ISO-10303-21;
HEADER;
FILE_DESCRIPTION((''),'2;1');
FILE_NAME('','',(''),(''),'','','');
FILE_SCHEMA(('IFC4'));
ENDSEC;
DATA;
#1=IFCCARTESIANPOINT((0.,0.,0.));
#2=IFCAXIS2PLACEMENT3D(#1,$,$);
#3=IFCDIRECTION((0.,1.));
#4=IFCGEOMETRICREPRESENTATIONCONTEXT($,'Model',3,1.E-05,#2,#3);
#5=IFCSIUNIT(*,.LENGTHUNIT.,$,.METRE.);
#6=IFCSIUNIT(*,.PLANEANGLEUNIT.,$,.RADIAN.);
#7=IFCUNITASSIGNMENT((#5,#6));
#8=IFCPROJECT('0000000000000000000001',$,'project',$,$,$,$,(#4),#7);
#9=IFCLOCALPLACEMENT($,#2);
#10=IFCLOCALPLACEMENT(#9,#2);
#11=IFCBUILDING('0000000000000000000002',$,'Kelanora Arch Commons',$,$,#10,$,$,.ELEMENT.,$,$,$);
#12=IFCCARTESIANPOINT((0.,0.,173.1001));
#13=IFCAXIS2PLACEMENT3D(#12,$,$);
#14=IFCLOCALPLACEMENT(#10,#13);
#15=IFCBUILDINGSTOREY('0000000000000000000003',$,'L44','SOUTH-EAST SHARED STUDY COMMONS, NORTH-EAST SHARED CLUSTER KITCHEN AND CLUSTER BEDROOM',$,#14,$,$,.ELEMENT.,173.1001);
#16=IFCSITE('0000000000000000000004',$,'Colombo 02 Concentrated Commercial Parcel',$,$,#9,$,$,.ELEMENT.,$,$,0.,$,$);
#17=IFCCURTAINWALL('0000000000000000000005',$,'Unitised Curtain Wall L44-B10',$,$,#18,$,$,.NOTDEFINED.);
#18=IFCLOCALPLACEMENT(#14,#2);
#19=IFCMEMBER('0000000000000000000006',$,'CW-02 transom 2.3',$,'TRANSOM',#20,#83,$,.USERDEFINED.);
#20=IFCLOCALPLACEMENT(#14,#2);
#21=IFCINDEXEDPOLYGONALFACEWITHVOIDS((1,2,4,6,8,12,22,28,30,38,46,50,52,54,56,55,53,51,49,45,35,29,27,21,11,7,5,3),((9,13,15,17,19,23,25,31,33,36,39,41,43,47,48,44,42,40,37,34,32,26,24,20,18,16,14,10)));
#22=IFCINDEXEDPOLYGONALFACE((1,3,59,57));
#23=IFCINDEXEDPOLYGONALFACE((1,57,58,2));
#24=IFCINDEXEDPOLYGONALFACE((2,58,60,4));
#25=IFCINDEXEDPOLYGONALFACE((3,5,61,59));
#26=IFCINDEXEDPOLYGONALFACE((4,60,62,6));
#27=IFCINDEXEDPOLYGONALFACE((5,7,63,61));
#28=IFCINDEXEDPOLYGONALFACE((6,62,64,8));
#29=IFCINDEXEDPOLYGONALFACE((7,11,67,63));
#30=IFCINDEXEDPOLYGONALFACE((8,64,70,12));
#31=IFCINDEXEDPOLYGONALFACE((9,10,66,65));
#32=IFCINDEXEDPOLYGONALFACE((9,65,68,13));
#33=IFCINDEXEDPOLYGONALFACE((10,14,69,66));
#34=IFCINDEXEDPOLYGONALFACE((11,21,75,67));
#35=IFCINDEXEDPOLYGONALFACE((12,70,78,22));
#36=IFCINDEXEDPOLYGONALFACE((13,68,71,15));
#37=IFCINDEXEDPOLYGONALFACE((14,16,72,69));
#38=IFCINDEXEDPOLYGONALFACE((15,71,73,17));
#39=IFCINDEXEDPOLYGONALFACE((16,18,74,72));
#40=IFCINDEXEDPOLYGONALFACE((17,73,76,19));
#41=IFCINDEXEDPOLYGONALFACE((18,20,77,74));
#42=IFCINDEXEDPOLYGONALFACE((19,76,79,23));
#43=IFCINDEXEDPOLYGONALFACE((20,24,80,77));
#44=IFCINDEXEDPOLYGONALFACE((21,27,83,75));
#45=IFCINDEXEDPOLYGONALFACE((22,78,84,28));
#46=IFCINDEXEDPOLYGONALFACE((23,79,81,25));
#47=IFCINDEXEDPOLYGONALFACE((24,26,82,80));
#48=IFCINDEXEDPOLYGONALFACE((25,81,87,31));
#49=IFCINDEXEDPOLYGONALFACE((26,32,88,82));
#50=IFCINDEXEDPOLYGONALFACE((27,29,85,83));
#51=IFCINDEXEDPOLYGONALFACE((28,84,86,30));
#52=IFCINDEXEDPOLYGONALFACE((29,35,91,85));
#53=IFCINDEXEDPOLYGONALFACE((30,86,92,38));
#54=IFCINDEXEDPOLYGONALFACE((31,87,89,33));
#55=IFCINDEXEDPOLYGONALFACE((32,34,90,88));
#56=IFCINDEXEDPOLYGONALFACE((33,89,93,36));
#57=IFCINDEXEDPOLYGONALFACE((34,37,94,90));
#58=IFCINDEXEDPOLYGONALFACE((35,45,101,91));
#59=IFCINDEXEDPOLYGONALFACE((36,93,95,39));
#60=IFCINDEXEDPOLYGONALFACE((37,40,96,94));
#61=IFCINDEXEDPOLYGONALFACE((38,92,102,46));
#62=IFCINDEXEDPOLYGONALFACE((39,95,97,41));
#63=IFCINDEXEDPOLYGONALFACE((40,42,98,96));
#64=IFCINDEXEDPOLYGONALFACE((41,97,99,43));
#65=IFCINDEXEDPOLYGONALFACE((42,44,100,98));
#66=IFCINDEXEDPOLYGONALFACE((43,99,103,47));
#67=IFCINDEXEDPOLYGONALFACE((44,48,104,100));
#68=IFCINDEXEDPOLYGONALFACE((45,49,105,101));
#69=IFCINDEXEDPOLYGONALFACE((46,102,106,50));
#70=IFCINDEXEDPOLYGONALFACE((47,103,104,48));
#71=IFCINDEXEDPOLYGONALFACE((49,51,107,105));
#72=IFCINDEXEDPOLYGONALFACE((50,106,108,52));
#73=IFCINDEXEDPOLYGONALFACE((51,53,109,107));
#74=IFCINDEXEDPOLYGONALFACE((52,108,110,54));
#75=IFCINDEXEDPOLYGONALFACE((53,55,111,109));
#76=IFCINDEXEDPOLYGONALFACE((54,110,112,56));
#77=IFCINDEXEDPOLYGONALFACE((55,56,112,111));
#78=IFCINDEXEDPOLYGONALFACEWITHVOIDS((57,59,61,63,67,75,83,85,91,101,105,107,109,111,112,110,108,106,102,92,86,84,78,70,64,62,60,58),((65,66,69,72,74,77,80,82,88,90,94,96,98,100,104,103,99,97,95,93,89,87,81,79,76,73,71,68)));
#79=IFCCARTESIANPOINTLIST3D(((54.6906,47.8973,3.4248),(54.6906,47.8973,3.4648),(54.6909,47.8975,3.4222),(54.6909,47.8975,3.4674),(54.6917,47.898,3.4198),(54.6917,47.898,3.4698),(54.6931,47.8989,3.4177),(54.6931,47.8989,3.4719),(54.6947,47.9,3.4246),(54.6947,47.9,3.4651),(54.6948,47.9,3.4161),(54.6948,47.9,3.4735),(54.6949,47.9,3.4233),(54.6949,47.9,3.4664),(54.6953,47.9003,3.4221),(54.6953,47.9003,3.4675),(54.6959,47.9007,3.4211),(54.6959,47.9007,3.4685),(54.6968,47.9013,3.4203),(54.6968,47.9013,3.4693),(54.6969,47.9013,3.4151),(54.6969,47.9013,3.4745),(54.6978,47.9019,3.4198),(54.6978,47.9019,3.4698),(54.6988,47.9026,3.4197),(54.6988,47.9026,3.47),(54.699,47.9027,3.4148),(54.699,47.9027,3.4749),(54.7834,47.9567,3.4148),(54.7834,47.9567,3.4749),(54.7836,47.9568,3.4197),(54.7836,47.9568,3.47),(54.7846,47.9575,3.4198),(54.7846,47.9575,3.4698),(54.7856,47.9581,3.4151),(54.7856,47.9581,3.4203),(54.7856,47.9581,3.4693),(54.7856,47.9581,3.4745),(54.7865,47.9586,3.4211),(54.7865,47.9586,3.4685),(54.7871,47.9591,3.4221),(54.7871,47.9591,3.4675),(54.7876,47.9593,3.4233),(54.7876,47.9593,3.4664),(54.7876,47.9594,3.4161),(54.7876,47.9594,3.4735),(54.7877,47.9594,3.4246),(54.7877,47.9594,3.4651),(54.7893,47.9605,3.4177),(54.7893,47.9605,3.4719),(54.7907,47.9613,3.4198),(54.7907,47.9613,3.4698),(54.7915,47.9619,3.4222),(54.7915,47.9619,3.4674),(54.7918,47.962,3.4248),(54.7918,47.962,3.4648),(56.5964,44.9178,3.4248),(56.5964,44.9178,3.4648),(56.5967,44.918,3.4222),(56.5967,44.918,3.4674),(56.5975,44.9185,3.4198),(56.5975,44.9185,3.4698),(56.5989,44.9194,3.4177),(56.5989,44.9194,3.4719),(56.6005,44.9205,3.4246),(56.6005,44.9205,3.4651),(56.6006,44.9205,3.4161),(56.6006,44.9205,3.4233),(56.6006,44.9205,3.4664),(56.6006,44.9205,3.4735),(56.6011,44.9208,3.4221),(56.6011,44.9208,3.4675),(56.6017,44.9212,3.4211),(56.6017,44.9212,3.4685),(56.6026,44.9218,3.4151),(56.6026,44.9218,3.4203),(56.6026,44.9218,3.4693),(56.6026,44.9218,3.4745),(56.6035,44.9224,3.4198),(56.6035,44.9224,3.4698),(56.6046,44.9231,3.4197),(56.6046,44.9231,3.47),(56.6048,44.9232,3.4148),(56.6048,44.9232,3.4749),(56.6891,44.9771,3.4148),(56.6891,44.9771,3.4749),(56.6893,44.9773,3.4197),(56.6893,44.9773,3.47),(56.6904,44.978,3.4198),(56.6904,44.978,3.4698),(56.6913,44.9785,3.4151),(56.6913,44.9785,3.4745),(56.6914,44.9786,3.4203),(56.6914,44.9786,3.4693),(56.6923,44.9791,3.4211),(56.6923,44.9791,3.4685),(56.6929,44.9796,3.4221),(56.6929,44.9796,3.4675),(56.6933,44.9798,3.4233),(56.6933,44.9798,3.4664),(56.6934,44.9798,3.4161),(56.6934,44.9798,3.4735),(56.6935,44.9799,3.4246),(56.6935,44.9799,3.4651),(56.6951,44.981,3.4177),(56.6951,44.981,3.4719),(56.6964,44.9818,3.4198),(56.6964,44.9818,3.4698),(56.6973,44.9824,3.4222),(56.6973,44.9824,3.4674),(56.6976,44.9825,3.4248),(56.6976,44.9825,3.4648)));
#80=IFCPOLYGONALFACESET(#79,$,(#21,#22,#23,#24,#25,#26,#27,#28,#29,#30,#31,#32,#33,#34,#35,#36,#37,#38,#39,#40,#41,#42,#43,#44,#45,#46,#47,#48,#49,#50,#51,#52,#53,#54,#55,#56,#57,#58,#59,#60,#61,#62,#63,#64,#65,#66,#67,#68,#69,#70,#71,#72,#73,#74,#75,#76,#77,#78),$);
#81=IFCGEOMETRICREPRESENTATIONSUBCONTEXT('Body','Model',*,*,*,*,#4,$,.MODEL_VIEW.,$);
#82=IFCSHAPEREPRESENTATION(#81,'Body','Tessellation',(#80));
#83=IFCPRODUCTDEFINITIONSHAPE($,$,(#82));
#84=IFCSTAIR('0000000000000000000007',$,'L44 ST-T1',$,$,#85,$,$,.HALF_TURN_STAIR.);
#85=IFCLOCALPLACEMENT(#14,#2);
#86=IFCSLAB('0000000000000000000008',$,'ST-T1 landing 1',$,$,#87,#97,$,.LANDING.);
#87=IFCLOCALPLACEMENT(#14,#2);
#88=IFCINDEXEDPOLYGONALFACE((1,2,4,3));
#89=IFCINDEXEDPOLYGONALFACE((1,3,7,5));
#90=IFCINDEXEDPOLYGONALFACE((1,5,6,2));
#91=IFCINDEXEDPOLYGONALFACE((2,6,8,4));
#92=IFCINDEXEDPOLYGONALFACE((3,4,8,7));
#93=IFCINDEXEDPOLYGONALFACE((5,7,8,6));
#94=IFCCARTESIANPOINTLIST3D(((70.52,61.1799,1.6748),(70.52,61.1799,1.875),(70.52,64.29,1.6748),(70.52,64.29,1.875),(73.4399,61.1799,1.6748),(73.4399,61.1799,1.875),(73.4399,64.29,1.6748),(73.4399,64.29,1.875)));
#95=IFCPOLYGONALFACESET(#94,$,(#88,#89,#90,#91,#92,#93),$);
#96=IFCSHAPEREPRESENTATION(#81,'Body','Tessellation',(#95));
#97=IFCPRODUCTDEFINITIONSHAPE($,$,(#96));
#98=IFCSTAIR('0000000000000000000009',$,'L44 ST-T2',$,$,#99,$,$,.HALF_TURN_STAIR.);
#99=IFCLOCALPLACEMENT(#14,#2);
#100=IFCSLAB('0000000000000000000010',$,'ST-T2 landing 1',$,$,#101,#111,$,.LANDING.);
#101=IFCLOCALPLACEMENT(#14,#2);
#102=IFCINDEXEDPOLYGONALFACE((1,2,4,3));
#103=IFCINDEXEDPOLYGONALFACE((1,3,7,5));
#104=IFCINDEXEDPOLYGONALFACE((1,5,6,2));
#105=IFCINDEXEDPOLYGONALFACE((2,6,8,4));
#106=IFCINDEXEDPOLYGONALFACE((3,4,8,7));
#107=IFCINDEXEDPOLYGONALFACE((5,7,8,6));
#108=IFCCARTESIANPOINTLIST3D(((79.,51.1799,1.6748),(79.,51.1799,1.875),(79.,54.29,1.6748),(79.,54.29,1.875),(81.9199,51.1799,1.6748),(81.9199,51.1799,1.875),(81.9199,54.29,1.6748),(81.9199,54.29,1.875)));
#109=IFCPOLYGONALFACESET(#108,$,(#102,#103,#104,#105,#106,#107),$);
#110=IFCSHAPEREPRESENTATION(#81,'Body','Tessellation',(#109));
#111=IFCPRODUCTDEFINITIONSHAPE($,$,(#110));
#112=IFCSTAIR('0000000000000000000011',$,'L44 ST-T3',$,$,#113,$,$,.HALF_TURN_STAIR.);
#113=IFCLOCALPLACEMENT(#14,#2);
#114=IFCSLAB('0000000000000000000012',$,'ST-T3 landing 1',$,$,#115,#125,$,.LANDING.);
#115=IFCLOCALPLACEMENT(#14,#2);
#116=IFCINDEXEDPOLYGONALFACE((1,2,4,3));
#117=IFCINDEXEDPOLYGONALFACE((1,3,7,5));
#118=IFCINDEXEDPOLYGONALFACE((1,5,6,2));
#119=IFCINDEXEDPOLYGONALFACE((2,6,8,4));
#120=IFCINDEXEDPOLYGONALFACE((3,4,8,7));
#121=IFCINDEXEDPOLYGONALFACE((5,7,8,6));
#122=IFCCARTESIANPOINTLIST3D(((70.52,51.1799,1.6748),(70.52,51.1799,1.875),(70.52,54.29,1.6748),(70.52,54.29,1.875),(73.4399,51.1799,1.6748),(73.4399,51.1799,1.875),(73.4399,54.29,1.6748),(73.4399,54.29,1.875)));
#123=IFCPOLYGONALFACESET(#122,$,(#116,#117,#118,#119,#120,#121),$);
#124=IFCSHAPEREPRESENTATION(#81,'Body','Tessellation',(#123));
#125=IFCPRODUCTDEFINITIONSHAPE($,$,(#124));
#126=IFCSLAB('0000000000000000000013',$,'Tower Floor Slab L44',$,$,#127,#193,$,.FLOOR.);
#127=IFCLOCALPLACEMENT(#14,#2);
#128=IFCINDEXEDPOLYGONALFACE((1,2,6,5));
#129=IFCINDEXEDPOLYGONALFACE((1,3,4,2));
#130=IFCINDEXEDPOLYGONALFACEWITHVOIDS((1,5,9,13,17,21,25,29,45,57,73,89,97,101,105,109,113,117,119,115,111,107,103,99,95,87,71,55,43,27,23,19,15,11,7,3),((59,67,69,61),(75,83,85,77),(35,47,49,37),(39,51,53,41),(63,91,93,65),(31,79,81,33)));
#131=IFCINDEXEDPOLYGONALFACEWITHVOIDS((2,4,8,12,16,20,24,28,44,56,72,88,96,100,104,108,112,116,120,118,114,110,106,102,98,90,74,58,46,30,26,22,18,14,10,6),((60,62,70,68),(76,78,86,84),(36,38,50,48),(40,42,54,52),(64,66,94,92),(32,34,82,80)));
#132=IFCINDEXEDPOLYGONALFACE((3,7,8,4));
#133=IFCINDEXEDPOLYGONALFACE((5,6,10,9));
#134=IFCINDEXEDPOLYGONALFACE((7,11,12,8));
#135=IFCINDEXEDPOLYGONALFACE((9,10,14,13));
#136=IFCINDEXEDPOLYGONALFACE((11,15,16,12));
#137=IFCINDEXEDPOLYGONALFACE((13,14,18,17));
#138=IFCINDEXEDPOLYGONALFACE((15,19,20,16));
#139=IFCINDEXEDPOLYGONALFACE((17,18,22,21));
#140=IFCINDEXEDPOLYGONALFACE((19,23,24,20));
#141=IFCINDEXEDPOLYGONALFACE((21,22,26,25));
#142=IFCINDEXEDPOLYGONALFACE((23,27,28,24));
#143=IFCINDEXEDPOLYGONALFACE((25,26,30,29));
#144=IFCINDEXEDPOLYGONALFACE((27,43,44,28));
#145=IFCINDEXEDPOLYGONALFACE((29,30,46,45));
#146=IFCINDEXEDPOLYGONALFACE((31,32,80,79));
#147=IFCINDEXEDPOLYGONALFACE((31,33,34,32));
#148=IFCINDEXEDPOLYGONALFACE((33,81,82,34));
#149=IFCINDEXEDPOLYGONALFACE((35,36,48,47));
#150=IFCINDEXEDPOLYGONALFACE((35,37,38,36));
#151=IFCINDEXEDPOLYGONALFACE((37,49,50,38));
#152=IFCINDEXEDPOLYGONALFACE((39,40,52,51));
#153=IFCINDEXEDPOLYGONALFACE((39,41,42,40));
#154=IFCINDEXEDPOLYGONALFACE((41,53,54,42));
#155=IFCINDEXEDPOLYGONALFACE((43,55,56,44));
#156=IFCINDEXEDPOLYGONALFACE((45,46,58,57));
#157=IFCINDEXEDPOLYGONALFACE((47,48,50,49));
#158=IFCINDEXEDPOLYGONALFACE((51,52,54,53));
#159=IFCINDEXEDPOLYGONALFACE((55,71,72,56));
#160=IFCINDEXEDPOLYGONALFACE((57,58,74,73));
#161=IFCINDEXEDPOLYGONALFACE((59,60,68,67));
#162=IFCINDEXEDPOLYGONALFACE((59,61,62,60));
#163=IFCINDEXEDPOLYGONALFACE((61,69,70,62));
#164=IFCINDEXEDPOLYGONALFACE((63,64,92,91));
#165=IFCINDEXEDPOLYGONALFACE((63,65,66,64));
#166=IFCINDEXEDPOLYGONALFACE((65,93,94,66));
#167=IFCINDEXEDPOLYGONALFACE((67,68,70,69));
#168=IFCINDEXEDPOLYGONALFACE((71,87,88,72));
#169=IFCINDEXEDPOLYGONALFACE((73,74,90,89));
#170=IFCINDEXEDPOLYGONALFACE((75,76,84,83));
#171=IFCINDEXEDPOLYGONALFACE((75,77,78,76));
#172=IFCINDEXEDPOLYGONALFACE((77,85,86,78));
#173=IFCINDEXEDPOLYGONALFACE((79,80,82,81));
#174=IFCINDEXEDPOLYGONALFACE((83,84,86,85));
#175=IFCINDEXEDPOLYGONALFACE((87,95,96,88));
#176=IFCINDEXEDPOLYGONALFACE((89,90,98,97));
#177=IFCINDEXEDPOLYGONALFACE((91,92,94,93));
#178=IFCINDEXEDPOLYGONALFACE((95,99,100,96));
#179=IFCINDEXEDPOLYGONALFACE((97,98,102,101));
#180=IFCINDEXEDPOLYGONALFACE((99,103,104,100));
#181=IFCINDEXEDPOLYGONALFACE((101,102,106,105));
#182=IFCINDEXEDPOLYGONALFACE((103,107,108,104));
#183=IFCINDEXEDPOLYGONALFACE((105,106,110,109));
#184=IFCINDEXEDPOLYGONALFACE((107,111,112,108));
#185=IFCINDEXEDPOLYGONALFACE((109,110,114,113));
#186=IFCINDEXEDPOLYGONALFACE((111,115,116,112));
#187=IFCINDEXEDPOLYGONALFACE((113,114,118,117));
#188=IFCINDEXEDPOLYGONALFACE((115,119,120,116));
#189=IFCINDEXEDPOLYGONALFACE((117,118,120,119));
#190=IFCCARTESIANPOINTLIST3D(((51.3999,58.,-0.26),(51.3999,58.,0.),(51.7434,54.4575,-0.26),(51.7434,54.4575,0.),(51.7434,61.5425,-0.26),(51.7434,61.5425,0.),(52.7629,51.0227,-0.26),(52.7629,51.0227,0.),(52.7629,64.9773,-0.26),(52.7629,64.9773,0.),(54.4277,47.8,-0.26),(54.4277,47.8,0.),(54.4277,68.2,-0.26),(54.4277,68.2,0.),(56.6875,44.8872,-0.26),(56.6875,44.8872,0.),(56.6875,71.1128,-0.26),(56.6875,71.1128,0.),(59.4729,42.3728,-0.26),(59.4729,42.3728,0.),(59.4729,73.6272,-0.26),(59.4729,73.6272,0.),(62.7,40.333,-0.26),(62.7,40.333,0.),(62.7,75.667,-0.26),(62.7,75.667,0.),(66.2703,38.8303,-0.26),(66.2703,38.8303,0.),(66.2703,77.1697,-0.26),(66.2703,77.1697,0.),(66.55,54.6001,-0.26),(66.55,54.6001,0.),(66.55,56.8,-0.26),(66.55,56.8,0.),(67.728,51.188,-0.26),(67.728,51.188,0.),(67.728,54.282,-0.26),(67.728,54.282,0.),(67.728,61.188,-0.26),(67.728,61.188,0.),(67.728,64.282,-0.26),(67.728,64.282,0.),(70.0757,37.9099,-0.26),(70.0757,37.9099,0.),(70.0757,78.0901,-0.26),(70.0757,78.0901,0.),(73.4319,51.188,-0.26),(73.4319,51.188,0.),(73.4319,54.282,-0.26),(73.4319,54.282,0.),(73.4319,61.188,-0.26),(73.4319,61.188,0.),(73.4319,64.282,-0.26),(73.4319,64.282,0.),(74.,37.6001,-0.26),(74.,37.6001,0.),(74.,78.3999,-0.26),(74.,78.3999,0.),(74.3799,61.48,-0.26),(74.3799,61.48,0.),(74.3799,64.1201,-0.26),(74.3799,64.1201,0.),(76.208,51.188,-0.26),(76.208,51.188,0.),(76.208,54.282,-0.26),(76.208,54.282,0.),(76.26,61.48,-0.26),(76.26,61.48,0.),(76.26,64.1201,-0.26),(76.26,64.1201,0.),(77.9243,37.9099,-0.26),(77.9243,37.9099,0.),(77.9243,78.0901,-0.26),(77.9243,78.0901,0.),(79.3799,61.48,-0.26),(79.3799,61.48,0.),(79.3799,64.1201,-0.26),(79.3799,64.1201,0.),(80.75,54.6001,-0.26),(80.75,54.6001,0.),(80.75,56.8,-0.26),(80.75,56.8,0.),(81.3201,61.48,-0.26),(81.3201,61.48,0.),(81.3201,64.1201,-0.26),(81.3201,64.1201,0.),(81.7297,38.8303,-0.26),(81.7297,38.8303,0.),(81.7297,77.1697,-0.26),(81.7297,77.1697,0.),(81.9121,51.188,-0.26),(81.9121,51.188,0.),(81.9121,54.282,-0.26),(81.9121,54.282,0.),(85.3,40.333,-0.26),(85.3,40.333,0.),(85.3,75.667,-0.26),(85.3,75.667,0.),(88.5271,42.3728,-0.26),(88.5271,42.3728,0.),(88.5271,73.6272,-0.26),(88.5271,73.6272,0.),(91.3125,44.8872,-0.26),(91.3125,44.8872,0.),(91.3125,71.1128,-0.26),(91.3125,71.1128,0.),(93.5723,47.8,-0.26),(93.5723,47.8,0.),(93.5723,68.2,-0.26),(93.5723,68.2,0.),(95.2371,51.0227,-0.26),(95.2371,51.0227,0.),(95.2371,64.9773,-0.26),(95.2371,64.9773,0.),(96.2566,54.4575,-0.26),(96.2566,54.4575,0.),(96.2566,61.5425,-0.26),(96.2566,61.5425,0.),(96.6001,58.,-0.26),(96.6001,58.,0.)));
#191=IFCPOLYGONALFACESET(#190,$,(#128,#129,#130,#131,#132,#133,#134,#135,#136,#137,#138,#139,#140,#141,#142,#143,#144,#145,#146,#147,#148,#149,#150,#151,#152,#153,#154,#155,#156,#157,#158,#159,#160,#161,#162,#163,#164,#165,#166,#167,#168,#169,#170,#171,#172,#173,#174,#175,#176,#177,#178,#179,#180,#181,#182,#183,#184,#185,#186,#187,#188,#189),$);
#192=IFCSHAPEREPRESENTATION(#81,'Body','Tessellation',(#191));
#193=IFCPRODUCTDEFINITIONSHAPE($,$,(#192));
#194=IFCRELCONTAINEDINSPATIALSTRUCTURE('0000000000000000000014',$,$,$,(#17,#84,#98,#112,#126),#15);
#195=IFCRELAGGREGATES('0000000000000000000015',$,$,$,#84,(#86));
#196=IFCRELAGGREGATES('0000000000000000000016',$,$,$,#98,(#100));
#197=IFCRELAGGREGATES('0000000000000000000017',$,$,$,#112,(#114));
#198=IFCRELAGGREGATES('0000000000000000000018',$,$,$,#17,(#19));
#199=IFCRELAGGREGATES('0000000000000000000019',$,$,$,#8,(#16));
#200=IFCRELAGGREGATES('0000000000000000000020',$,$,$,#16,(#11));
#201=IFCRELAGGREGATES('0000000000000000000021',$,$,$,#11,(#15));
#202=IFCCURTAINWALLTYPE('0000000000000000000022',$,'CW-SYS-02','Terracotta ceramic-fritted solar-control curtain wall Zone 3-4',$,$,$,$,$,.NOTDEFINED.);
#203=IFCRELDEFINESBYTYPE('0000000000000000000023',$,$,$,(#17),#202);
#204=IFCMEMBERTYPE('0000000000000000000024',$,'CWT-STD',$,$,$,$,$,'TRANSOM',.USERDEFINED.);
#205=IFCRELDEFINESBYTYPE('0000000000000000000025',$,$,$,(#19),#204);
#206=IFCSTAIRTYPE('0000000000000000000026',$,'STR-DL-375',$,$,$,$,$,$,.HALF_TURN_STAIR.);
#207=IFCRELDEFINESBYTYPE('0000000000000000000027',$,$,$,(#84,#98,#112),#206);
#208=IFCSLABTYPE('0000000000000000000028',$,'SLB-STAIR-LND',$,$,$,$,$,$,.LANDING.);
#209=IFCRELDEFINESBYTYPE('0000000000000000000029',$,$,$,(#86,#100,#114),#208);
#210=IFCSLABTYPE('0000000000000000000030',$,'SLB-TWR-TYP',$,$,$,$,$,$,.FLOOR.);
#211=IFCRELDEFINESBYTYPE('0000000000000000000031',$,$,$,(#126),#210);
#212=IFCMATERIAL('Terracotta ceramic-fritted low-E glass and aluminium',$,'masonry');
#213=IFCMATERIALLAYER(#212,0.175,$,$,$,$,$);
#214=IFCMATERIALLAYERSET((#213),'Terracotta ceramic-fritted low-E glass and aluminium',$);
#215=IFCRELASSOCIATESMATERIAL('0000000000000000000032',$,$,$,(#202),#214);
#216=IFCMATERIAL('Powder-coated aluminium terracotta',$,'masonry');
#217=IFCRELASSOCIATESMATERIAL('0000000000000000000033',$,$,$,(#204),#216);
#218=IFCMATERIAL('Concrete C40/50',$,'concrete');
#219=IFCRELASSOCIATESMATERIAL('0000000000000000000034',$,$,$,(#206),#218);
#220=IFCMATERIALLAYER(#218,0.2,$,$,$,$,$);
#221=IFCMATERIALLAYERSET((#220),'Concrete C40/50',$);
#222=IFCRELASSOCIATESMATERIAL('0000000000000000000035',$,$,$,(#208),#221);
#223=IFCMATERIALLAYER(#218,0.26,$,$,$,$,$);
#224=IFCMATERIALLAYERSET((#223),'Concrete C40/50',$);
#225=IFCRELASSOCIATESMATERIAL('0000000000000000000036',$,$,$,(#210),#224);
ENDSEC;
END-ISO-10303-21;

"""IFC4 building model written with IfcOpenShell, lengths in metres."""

from ifc_helpers import new_model, si_unit, direction, frame, origin, origin_2d, place, context, subcontext, project, spatial, polyline, hollow_rectangle, outline, extrude, material, layer, layer_set, material_profile, profile_set, type_object, element, aggregate, save


model = new_model("IFC4")

# Units and contexts
model_context = context("Model", 3, precision=1e-05, world=origin(), true_north=direction((0.0, 1.0)))
body_context = subcontext(model_context, "Body", "Model", "MODEL_VIEW")
ifc_project = project(units=[si_unit("LENGTHUNIT", "METRE"), si_unit("PLANEANGLEUNIT", "RADIAN")], contexts=[model_context])

# Site, building, storey
site_placement = place(None, origin())
site = spatial("IfcSite", under=ifc_project, at=site_placement, Name="Colombo 02 Concentrated Commercial Parcel", CompositionType="ELEMENT", RefElevation=0.0)
building_placement = place(site_placement, origin())
building = spatial("IfcBuilding", under=site, at=building_placement, Name="Kelanora Arch Commons", CompositionType="ELEMENT")
storey_placement = place(building_placement, frame((0.0, 0.0, 173.1001)))
storey = spatial("IfcBuildingStorey", under=building, at=storey_placement, Name="L44", Description="SOUTH-EAST SHARED STUDY COMMONS, NORTH-EAST SHARED CLUSTER KITCHEN AND CLUSTER BEDROOM", CompositionType="ELEMENT", Elevation=173.1001)

# Shared definitions
ifc_material_1 = material(Name="Terracotta ceramic-fritted low-E glass and aluminium", Category="masonry")
ifc_layer_1 = layer(ifc_material_1, 0.175)
ifc_layer_set_1 = layer_set([ifc_layer_1], Name="Terracotta ceramic-fritted low-E glass and aluminium")
curtain_wall_type = type_object("IfcCurtainWallType", Name="CW-SYS-02", Description="Terracotta ceramic-fritted solar-control curtain wall Zone 3-4", PredefinedType="NOTDEFINED", material=ifc_layer_set_1)
ifc_material_2 = material(Name="Powder-coated aluminium terracotta", Category="masonry")

# Curtain wall, member
curtain_wall_1_placement = place(storey_placement, origin())
curtain_wall_1 = element("IfcCurtainWall", 1, at=curtain_wall_1_placement, inside=storey, type_object=curtain_wall_type, Name="Unitised Curtain Wall L44-B10", PredefinedType="NOTDEFINED")
ifc_material_profile_1 = material_profile(ifc_material_2, hollow_rectangle(XDim=0.1201, YDim=0.0601, WallThickness=0.0049, InnerFilletRadius=0.0049, OuterFilletRadius=0.01, at=origin_2d()), Name="CWT120x60")
ifc_profile_set_1 = profile_set([ifc_material_profile_1], Name="Powder-coated aluminium terracotta")
member_type_1 = type_object("IfcMemberType", Name="CWT-STD", ElementType="TRANSOM", PredefinedType="USERDEFINED", material=ifc_profile_set_1)
member_1_placement = place(storey_placement, frame((54.7412, 47.9297, 3.4448), z_axis=(0.53883, -0.842414, 0.0), x_axis=(0.842414, 0.53883, 0.0)))
member_1 = element("IfcMember", 2, at=member_1_placement, type_object=member_type_1, Name="CW-02 transom 2.3", ObjectType="TRANSOM", PredefinedType="USERDEFINED", context=body_context, shape_type="SweptSolid", body=[
    extrude(hollow_rectangle(XDim=0.1201, YDim=0.0601, WallThickness=0.0049, InnerFilletRadius=0.0049, OuterFilletRadius=0.01, at=origin_2d()), origin(), (0.0, 0.0, 1.0), 3.5369),
])

# Stairs, slabs
ifc_material_3 = material(Name="Concrete C40/50", Category="concrete")
stair_type = type_object("IfcStairType", Name="STR-DL-375", PredefinedType="HALF_TURN_STAIR", material=ifc_material_3)
stair_1_placement = place(storey_placement, origin())
stair_1 = element("IfcStair", 3, at=stair_1_placement, inside=storey, type_object=stair_type, Name="L44 ST-T1", PredefinedType="HALF_TURN_STAIR")
ifc_layer_2 = layer(ifc_material_3, 0.2)
ifc_layer_set_2 = layer_set([ifc_layer_2], Name="Concrete C40/50")
slab_type_1 = type_object("IfcSlabType", Name="SLB-STAIR-LND", PredefinedType="LANDING", material=ifc_layer_set_2)
slab_1_placement = place(storey_placement, frame((0.0, 0.0, 1.6748)))
slab_1 = element("IfcSlab", 4, at=slab_1_placement, type_object=slab_type_1, Name="ST-T1 landing 1", PredefinedType="LANDING", context=body_context, shape_type="SweptSolid", body=[
    extrude(outline(polyline([(70.52, 61.1799), (73.4399, 61.1799), (73.4399, 64.29), (70.52, 64.29), (70.52, 61.1799)])), origin(), (0.0, 0.0, 1.0), 0.2002),
])
aggregate(stair_1, [slab_1])
stair_2_placement = place(storey_placement, origin())
stair_2 = element("IfcStair", 5, at=stair_2_placement, inside=storey, type_object=stair_type, Name="L44 ST-T2", PredefinedType="HALF_TURN_STAIR")
slab_2_placement = place(storey_placement, frame((0.0, 0.0, 1.6748)))
slab_2 = element("IfcSlab", 6, at=slab_2_placement, type_object=slab_type_1, Name="ST-T2 landing 1", PredefinedType="LANDING", context=body_context, shape_type="SweptSolid", body=[
    extrude(outline(polyline([(79.0, 51.1799), (81.9199, 51.1799), (81.9199, 54.29), (79.0, 54.29), (79.0, 51.1799)])), origin(), (0.0, 0.0, 1.0), 0.2002),
])
aggregate(stair_2, [slab_2])
stair_3_placement = place(storey_placement, origin())
stair_3 = element("IfcStair", 7, at=stair_3_placement, inside=storey, type_object=stair_type, Name="L44 ST-T3", PredefinedType="HALF_TURN_STAIR")
slab_3_placement = place(storey_placement, frame((0.0, 0.0, 1.6748)))
slab_3 = element("IfcSlab", 8, at=slab_3_placement, type_object=slab_type_1, Name="ST-T3 landing 1", PredefinedType="LANDING", context=body_context, shape_type="SweptSolid", body=[
    extrude(outline(polyline([(70.52, 51.1799), (73.4399, 51.1799), (73.4399, 54.29), (70.52, 54.29), (70.52, 51.1799)])), origin(), (0.0, 0.0, 1.0), 0.2002),
])
aggregate(stair_3, [slab_3])

# Slab
ifc_layer_3 = layer(ifc_material_3, 0.26)
ifc_layer_set_3 = layer_set([ifc_layer_3], Name="Concrete C40/50")
slab_type_2 = type_object("IfcSlabType", Name="SLB-TWR-TYP", PredefinedType="FLOOR", material=ifc_layer_set_3)
slab_4_placement = place(storey_placement, frame((0.0, 0.0, -0.26)))
element("IfcSlab", 9, at=slab_4_placement, inside=storey, type_object=slab_type_2, Name="Tower Floor Slab L44", PredefinedType="FLOOR", context=body_context, shape_type="SweptSolid", body=[
    extrude(outline(polyline([(96.6001, 58.0), (96.2566, 61.5425), (95.2371, 64.9773), (93.5723, 68.2), (91.3125, 71.1128), (88.5271, 73.6272), (85.3, 75.667), (81.7297, 77.1697), (77.9243, 78.0901), (74.0, 78.3999), (70.0757, 78.0901), (66.2703, 77.1697), (62.7, 75.667), (59.4729, 73.6272), (56.6875, 71.1128), (54.4277, 68.2), (52.7629, 64.9773), (51.7434, 61.5425), (51.3999, 58.0), (51.7434, 54.4575), (52.7629, 51.0227), (54.4277, 47.8), (56.6875, 44.8872), (59.4729, 42.3728), (62.7, 40.333), (66.2703, 38.8303), (70.0757, 37.9099), (74.0, 37.6001), (77.9243, 37.9099), (81.7297, 38.8303), (85.3, 40.333), (88.5271, 42.3728), (91.3125, 44.8872), (93.5723, 47.8), (95.2371, 51.0227), (96.2566, 54.4575), (96.6001, 58.0)]), holes=[polyline([(73.4319, 51.188), (67.728, 51.188), (67.728, 54.282), (73.4319, 54.282), (73.4319, 51.188)]), polyline([(76.208, 51.188), (76.208, 54.282), (81.9121, 54.282), (81.9121, 51.188), (76.208, 51.188)]), polyline([(66.55, 54.6001), (66.55, 56.8), (80.75, 56.8), (80.75, 54.6001), (66.55, 54.6001)]), polyline([(73.4319, 61.188), (67.728, 61.188), (67.728, 64.282), (73.4319, 64.282), (73.4319, 61.188)]), polyline([(74.3799, 61.48), (74.3799, 64.1201), (76.26, 64.1201), (76.26, 61.48), (74.3799, 61.48)]), polyline([(79.3799, 61.48), (79.3799, 64.1201), (81.3201, 64.1201), (81.3201, 61.48), (79.3799, 61.48)])]), origin(), (0.0, 0.0, 1.0), 0.26),
])

aggregate(curtain_wall_1, [member_1])

save(model, "model.ifc")
